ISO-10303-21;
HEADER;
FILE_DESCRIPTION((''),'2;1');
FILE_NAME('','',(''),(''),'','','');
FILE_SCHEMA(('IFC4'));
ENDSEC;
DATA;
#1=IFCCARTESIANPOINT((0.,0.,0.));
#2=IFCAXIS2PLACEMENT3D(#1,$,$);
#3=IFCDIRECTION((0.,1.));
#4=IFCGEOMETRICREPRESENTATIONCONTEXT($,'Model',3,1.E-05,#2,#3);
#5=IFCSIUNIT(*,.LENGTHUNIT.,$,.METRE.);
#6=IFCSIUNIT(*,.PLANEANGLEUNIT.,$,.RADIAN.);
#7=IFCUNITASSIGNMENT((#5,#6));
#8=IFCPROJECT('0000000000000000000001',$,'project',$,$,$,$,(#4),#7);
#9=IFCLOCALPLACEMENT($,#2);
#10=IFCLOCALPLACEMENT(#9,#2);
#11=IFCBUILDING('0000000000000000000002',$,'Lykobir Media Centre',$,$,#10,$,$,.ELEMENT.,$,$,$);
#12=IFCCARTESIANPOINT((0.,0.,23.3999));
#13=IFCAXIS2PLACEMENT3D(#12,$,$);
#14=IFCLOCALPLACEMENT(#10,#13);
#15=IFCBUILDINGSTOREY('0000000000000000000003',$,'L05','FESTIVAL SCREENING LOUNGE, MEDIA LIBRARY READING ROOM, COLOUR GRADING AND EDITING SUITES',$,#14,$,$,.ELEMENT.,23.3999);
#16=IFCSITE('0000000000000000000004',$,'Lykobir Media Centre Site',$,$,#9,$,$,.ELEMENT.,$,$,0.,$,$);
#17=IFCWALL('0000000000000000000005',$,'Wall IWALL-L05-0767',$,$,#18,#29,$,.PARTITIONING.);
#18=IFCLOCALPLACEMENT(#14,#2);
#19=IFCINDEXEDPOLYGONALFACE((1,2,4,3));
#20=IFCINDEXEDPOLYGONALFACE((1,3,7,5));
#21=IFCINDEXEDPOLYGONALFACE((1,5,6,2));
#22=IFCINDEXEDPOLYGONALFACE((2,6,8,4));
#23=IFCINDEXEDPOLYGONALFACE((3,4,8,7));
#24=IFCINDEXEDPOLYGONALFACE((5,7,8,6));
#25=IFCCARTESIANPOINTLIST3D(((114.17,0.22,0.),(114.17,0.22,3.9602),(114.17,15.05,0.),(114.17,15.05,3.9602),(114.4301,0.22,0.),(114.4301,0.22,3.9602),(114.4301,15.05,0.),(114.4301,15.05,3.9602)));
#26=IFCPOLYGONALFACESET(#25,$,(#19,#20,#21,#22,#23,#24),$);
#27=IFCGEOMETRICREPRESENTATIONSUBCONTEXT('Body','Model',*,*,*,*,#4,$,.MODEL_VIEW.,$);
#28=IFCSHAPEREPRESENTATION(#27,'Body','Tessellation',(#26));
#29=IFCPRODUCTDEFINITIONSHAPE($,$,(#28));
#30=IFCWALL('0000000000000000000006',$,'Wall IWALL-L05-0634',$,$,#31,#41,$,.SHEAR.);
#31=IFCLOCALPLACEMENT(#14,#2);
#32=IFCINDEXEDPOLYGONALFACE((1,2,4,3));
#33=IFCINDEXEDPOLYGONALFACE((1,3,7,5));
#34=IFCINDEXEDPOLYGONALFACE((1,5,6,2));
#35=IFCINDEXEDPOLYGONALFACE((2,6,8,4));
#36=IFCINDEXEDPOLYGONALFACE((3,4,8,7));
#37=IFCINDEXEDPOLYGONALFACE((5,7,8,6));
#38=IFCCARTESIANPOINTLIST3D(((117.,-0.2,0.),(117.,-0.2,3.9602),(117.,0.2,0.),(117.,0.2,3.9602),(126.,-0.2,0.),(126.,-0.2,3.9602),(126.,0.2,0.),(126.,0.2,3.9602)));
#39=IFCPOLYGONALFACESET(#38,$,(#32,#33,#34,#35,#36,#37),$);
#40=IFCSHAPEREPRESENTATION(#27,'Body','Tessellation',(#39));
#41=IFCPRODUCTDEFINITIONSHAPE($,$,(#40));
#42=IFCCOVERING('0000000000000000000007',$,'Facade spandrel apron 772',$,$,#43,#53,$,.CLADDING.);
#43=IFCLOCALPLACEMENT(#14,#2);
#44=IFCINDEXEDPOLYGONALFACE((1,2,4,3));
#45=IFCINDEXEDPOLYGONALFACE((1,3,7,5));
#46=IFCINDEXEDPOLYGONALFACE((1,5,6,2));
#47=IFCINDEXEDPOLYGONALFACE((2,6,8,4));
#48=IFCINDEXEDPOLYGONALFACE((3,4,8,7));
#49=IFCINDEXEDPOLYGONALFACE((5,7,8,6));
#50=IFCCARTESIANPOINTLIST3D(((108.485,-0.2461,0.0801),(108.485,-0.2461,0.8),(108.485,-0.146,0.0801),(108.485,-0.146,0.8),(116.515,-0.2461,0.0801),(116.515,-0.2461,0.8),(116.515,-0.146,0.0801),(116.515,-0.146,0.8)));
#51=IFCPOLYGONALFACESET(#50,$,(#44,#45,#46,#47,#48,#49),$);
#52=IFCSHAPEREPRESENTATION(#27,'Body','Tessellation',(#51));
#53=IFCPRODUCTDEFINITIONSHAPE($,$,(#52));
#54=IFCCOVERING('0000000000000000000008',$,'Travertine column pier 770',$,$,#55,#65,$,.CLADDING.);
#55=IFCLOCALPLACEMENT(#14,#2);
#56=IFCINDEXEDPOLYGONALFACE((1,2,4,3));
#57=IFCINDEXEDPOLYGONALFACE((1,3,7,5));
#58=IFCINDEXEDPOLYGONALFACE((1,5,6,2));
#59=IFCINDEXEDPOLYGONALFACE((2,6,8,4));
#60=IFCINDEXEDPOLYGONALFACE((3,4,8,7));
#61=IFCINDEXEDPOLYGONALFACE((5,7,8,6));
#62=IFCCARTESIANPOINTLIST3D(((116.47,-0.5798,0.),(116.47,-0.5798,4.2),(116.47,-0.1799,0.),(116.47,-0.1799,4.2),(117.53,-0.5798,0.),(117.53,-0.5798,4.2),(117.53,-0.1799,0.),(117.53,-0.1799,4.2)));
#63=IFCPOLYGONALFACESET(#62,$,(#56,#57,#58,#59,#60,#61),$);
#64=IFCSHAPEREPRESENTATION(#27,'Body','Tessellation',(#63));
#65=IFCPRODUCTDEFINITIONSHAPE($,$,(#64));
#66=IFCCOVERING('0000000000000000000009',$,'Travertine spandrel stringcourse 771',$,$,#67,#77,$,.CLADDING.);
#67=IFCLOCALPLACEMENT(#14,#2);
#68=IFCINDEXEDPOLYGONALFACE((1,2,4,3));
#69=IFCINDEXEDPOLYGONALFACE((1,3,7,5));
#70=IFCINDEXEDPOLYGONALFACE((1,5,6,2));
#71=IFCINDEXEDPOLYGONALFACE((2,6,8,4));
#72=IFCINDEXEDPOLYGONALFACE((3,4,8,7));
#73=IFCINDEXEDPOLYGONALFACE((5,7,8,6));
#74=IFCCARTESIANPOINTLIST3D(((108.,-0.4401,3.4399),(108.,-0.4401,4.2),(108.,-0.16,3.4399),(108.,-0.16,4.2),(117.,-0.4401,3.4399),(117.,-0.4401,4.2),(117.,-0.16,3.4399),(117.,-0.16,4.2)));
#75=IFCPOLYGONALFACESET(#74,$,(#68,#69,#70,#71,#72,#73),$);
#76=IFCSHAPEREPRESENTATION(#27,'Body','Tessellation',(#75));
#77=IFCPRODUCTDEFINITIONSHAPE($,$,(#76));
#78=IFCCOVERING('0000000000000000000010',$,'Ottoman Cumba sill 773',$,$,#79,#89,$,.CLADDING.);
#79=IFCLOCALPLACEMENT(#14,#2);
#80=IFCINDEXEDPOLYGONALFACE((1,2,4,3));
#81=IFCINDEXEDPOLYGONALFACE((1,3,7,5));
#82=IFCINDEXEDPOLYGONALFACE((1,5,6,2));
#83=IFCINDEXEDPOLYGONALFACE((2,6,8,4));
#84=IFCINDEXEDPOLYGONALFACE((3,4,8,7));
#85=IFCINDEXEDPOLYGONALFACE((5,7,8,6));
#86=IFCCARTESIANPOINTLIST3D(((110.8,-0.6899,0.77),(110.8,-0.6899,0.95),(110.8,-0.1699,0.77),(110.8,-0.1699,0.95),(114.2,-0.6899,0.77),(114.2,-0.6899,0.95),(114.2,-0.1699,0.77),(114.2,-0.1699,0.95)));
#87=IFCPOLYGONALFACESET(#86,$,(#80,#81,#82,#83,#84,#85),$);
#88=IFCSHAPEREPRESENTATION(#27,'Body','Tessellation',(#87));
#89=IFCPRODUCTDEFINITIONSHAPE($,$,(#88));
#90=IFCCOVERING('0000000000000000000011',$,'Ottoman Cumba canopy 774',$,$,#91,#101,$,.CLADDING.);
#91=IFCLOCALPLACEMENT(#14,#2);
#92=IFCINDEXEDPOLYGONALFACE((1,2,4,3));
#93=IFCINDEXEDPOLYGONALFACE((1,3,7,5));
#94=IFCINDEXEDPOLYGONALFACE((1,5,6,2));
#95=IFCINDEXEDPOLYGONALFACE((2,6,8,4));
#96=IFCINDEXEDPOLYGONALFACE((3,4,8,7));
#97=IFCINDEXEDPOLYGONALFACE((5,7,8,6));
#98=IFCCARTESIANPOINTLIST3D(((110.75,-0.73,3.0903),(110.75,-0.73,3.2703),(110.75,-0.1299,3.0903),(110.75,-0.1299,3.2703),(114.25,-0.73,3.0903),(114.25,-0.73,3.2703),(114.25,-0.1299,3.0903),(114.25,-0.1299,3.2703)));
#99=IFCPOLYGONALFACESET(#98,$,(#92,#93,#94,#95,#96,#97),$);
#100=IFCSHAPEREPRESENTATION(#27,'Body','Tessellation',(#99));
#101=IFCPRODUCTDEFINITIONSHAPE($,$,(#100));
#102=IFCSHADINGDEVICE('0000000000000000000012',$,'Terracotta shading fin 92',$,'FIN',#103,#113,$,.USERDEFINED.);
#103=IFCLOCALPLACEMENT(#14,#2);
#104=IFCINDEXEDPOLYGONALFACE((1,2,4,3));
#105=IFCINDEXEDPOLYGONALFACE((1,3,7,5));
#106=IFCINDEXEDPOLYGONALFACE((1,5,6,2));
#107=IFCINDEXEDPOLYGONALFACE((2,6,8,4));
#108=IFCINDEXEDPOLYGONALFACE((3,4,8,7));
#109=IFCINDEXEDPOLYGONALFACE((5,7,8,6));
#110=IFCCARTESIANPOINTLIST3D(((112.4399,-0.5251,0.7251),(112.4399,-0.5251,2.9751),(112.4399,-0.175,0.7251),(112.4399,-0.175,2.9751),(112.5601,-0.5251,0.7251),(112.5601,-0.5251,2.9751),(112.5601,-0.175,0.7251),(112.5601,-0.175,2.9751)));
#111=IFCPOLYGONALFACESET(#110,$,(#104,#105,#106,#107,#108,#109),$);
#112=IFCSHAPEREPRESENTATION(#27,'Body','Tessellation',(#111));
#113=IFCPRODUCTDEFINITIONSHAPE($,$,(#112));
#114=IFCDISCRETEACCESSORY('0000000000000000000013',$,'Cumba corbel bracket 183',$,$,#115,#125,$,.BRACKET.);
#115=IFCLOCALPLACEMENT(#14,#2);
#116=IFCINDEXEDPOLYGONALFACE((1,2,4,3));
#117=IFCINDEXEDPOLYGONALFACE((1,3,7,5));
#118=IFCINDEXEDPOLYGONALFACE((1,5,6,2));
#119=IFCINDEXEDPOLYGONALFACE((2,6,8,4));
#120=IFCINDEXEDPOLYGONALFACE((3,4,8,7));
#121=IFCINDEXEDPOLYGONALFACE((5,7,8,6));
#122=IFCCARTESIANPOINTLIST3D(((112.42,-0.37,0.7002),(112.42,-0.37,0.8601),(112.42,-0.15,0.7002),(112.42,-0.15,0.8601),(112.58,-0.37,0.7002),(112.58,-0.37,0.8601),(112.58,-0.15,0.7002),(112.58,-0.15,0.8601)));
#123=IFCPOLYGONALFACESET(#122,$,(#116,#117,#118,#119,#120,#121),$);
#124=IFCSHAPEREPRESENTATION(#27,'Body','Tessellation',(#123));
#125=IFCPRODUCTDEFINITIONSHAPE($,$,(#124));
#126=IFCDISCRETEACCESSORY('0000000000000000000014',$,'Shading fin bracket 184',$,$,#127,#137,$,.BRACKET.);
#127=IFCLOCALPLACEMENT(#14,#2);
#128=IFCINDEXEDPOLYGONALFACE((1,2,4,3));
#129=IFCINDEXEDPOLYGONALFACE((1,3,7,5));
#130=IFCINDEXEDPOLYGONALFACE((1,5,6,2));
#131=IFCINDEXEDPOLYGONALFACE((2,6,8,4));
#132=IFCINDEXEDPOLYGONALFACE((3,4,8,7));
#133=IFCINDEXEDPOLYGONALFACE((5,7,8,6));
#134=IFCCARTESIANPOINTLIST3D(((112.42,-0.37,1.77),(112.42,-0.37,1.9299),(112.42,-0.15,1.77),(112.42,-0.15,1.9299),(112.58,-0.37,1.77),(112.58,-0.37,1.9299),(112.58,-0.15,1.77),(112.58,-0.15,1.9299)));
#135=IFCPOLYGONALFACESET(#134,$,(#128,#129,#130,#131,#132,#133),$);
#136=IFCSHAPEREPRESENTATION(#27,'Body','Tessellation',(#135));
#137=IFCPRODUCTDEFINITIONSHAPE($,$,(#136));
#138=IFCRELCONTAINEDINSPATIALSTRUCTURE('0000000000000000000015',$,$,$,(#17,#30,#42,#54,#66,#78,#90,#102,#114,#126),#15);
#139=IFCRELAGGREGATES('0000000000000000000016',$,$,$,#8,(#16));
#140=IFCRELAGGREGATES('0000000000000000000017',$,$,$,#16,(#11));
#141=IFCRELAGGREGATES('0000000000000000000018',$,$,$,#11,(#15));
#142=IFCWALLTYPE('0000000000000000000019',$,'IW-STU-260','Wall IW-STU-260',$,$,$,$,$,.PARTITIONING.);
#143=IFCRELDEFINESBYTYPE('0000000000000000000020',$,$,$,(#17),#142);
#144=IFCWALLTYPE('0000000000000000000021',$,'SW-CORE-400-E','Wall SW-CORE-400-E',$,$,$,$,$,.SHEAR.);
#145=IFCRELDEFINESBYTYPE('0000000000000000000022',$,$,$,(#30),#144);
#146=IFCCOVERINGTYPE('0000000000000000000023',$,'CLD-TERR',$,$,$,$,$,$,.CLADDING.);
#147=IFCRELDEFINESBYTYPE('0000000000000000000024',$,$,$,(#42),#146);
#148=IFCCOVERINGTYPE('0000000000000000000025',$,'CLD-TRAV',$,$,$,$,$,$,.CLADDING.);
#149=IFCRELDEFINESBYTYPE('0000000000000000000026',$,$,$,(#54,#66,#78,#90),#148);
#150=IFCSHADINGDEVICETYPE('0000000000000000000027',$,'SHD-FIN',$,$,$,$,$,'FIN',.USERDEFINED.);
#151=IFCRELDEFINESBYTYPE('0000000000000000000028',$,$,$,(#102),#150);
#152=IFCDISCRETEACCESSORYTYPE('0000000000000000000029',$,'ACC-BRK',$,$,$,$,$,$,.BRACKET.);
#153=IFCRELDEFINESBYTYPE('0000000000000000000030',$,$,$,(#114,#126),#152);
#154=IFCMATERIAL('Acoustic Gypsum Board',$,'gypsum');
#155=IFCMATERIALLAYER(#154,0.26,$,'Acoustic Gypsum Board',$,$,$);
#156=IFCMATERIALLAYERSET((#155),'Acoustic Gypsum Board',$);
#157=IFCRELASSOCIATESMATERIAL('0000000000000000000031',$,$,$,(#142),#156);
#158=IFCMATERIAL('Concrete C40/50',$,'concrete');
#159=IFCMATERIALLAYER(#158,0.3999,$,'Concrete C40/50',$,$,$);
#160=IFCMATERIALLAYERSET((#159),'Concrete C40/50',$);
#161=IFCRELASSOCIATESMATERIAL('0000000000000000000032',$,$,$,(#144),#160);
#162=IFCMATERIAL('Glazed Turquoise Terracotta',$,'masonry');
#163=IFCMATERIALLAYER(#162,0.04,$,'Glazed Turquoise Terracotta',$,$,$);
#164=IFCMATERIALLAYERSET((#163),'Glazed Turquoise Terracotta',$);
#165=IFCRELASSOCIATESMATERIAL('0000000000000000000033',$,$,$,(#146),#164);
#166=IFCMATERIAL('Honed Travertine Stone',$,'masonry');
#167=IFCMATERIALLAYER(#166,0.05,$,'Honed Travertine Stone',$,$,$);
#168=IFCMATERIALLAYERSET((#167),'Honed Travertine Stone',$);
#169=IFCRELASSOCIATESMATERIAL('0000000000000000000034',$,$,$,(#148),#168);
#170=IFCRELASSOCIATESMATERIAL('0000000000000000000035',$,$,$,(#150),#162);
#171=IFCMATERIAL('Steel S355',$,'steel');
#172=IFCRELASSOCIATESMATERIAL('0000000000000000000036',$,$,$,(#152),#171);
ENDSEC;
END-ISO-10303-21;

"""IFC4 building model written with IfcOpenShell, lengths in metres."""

from ifc_helpers import new_model, si_unit, direction, frame, frame_2d, origin, origin_2d, place, context, subcontext, project, spatial, rectangle, extrude, material, layer, layer_set, type_object, element, save


model = new_model("IFC4")

# Units and contexts
model_context = context("Model", 3, precision=1e-05, world=origin(), true_north=direction((0.0, 1.0)))
body_context = subcontext(model_context, "Body", "Model", "MODEL_VIEW")
ifc_project = project(units=[si_unit("LENGTHUNIT", "METRE"), si_unit("PLANEANGLEUNIT", "RADIAN")], contexts=[model_context])

# Site, building, storey
site_placement = place(None, origin())
site = spatial("IfcSite", under=ifc_project, at=site_placement, Name="Lykobir Media Centre Site", CompositionType="ELEMENT", RefElevation=0.0)
building_placement = place(site_placement, origin())
building = spatial("IfcBuilding", under=site, at=building_placement, Name="Lykobir Media Centre", CompositionType="ELEMENT")
storey_placement = place(building_placement, frame((0.0, 0.0, 23.3999)))
storey = spatial("IfcBuildingStorey", under=building, at=storey_placement, Name="L05", Description="FESTIVAL SCREENING LOUNGE, MEDIA LIBRARY READING ROOM, COLOUR GRADING AND EDITING SUITES", CompositionType="ELEMENT", Elevation=23.3999)

# Shared definitions
ifc_material_1 = material(Name="Concrete C40/50", Category="concrete")
ifc_material_2 = material(Name="Steel S355", Category="steel")

# Walls
ifc_material_3 = material(Name="Acoustic Gypsum Board", Category="gypsum")
ifc_layer_1 = layer(ifc_material_3, 0.26, Name="Acoustic Gypsum Board")
ifc_layer_set_1 = layer_set([ifc_layer_1], Name="Acoustic Gypsum Board")
wall_type_1 = type_object("IfcWallType", Name="IW-STU-260", Description="Wall IW-STU-260", PredefinedType="PARTITIONING", material=ifc_layer_set_1)
wall_1_placement = place(storey_placement, frame((114.3, 0.22, 0.0), z_axis=(0.0, 0.0, 1.0), x_axis=(0.0, 1.0, 0.0)))
element("IfcWall", 1, at=wall_1_placement, inside=storey, type_object=wall_type_1, Name="Wall IWALL-L05-0767", PredefinedType="PARTITIONING", context=body_context, shape_type="SweptSolid", body=[
    extrude(rectangle(XDim=14.8301, YDim=0.26, at=frame_2d((7.415, 0.0))), origin(), (0.0, 0.0, 1.0), 3.9602),
])
ifc_layer_2 = layer(ifc_material_1, 0.3999, Name="Concrete C40/50")
ifc_layer_set_2 = layer_set([ifc_layer_2], Name="Concrete C40/50")
wall_type_2 = type_object("IfcWallType", Name="SW-CORE-400-E", Description="Wall SW-CORE-400-E", PredefinedType="SHEAR", material=ifc_layer_set_2)
wall_2_placement = place(storey_placement, frame((117.0, 0.0, 0.0), z_axis=(0.0, 0.0, 1.0), x_axis=(1.0, 0.0, 0.0)))
element("IfcWall", 2, at=wall_2_placement, inside=storey, type_object=wall_type_2, Name="Wall IWALL-L05-0634", PredefinedType="SHEAR", context=body_context, shape_type="SweptSolid", body=[
    extrude(rectangle(XDim=9.0, YDim=0.3999, at=frame_2d((4.5, 0.0))), origin(), (0.0, 0.0, 1.0), 3.9602),
])

# Coverings
ifc_material_4 = material(Name="Glazed Turquoise Terracotta", Category="masonry")
ifc_layer_3 = layer(ifc_material_4, 0.04, Name="Glazed Turquoise Terracotta")
ifc_layer_set_3 = layer_set([ifc_layer_3], Name="Glazed Turquoise Terracotta")
covering_type_1 = type_object("IfcCoveringType", Name="CLD-TERR", PredefinedType="CLADDING", material=ifc_layer_set_3)
covering_1_placement = place(storey_placement, frame((112.5, -0.196, 0.0801), z_axis=(0.0, 0.0, 1.0), x_axis=(1.0, 0.0, 0.0)))
element("IfcCovering", 3, at=covering_1_placement, inside=storey, type_object=covering_type_1, Name="Facade spandrel apron 772", PredefinedType="CLADDING", context=body_context, shape_type="SweptSolid", body=[
    extrude(rectangle(XDim=8.03, YDim=0.1001, at=origin_2d()), origin(), (0.0, 0.0, 1.0), 0.72),
])
ifc_material_5 = material(Name="Honed Travertine Stone", Category="masonry")
ifc_layer_4 = layer(ifc_material_5, 0.05, Name="Honed Travertine Stone")
ifc_layer_set_4 = layer_set([ifc_layer_4], Name="Honed Travertine Stone")
covering_type_2 = type_object("IfcCoveringType", Name="CLD-TRAV", PredefinedType="CLADDING", material=ifc_layer_set_4)
covering_2_placement = place(storey_placement, frame((117.0, -0.3799, 0.0), z_axis=(0.0, 0.0, 1.0), x_axis=(1.0, 0.0, 0.0)))
element("IfcCovering", 4, at=covering_2_placement, inside=storey, type_object=covering_type_2, Name="Travertine column pier 770", PredefinedType="CLADDING", context=body_context, shape_type="SweptSolid", body=[
    extrude(rectangle(XDim=1.0601, YDim=0.3999, at=origin_2d()), origin(), (0.0, 0.0, 1.0), 4.2),
])
covering_3_placement = place(storey_placement, frame((112.5, -0.3, 3.4399), z_axis=(0.0, 0.0, 1.0), x_axis=(1.0, 0.0, 0.0)))
element("IfcCovering", 5, at=covering_3_placement, inside=storey, type_object=covering_type_2, Name="Travertine spandrel stringcourse 771", PredefinedType="CLADDING", context=body_context, shape_type="SweptSolid", body=[
    extrude(rectangle(XDim=9.0, YDim=0.28, at=origin_2d()), origin(), (0.0, 0.0, 1.0), 0.76),
])
covering_4_placement = place(storey_placement, frame((112.5, -0.4299, 0.77), z_axis=(0.0, 0.0, 1.0), x_axis=(1.0, 0.0, 0.0)))
element("IfcCovering", 6, at=covering_4_placement, inside=storey, type_object=covering_type_2, Name="Ottoman Cumba sill 773", PredefinedType="CLADDING", context=body_context, shape_type="SweptSolid", body=[
    extrude(rectangle(XDim=3.3999, YDim=0.52, at=origin_2d()), origin(), (0.0, 0.0, 1.0), 0.1799),
])
covering_5_placement = place(storey_placement, frame((112.5, -0.4299, 3.0903), z_axis=(0.0, 0.0, 1.0), x_axis=(1.0, 0.0, 0.0)))
element("IfcCovering", 7, at=covering_5_placement, inside=storey, type_object=covering_type_2, Name="Ottoman Cumba canopy 774", PredefinedType="CLADDING", context=body_context, shape_type="SweptSolid", body=[
    extrude(rectangle(XDim=3.5, YDim=0.6001, at=origin_2d()), origin(), (0.0, 0.0, 1.0), 0.1799),
])

# Shading device
shading_device_type = type_object("IfcShadingDeviceType", Name="SHD-FIN", ElementType="FIN", PredefinedType="USERDEFINED", material=ifc_material_4)
shading_device_placement = place(storey_placement, frame((112.5, -0.3501, 0.7251), z_axis=(0.0, 0.0, 1.0), x_axis=(1.0, 0.0, 0.0)))
element("IfcShadingDevice", 8, at=shading_device_placement, inside=storey, type_object=shading_device_type, Name="Terracotta shading fin 92", ObjectType="FIN", PredefinedType="USERDEFINED", context=body_context, shape_type="SweptSolid", body=[
    extrude(rectangle(XDim=0.1201, YDim=0.3501, at=origin_2d()), origin(), (0.0, 0.0, 1.0), 2.25),
])

# Discrete accessories
discrete_accessory_type = type_object("IfcDiscreteAccessoryType", Name="ACC-BRK", PredefinedType="BRACKET", material=ifc_material_2)
for number, where, z_axis, x_axis, name in (
    (9, (112.5, -0.26, 0.7002), (0.0, 0.0, 1.0), (1.0, 0.0, 0.0), "Cumba corbel bracket 183"),
    (10, (112.5, -0.26, 1.77), (0.0, 0.0, 1.0), (1.0, 0.0, 0.0), "Shading fin bracket 184"),
):
    element("IfcDiscreteAccessory", number, at=place(storey_placement, frame(where, z_axis=z_axis, x_axis=x_axis)), inside=storey, type_object=discrete_accessory_type, Name=name, PredefinedType="BRACKET", context=body_context, shape_type="SweptSolid", body=[
        extrude(rectangle(XDim=0.1599, YDim=0.22, at=origin_2d()), origin(), (0.0, 0.0, 1.0), 0.1599),
    ])

save(model, "model.ifc")
